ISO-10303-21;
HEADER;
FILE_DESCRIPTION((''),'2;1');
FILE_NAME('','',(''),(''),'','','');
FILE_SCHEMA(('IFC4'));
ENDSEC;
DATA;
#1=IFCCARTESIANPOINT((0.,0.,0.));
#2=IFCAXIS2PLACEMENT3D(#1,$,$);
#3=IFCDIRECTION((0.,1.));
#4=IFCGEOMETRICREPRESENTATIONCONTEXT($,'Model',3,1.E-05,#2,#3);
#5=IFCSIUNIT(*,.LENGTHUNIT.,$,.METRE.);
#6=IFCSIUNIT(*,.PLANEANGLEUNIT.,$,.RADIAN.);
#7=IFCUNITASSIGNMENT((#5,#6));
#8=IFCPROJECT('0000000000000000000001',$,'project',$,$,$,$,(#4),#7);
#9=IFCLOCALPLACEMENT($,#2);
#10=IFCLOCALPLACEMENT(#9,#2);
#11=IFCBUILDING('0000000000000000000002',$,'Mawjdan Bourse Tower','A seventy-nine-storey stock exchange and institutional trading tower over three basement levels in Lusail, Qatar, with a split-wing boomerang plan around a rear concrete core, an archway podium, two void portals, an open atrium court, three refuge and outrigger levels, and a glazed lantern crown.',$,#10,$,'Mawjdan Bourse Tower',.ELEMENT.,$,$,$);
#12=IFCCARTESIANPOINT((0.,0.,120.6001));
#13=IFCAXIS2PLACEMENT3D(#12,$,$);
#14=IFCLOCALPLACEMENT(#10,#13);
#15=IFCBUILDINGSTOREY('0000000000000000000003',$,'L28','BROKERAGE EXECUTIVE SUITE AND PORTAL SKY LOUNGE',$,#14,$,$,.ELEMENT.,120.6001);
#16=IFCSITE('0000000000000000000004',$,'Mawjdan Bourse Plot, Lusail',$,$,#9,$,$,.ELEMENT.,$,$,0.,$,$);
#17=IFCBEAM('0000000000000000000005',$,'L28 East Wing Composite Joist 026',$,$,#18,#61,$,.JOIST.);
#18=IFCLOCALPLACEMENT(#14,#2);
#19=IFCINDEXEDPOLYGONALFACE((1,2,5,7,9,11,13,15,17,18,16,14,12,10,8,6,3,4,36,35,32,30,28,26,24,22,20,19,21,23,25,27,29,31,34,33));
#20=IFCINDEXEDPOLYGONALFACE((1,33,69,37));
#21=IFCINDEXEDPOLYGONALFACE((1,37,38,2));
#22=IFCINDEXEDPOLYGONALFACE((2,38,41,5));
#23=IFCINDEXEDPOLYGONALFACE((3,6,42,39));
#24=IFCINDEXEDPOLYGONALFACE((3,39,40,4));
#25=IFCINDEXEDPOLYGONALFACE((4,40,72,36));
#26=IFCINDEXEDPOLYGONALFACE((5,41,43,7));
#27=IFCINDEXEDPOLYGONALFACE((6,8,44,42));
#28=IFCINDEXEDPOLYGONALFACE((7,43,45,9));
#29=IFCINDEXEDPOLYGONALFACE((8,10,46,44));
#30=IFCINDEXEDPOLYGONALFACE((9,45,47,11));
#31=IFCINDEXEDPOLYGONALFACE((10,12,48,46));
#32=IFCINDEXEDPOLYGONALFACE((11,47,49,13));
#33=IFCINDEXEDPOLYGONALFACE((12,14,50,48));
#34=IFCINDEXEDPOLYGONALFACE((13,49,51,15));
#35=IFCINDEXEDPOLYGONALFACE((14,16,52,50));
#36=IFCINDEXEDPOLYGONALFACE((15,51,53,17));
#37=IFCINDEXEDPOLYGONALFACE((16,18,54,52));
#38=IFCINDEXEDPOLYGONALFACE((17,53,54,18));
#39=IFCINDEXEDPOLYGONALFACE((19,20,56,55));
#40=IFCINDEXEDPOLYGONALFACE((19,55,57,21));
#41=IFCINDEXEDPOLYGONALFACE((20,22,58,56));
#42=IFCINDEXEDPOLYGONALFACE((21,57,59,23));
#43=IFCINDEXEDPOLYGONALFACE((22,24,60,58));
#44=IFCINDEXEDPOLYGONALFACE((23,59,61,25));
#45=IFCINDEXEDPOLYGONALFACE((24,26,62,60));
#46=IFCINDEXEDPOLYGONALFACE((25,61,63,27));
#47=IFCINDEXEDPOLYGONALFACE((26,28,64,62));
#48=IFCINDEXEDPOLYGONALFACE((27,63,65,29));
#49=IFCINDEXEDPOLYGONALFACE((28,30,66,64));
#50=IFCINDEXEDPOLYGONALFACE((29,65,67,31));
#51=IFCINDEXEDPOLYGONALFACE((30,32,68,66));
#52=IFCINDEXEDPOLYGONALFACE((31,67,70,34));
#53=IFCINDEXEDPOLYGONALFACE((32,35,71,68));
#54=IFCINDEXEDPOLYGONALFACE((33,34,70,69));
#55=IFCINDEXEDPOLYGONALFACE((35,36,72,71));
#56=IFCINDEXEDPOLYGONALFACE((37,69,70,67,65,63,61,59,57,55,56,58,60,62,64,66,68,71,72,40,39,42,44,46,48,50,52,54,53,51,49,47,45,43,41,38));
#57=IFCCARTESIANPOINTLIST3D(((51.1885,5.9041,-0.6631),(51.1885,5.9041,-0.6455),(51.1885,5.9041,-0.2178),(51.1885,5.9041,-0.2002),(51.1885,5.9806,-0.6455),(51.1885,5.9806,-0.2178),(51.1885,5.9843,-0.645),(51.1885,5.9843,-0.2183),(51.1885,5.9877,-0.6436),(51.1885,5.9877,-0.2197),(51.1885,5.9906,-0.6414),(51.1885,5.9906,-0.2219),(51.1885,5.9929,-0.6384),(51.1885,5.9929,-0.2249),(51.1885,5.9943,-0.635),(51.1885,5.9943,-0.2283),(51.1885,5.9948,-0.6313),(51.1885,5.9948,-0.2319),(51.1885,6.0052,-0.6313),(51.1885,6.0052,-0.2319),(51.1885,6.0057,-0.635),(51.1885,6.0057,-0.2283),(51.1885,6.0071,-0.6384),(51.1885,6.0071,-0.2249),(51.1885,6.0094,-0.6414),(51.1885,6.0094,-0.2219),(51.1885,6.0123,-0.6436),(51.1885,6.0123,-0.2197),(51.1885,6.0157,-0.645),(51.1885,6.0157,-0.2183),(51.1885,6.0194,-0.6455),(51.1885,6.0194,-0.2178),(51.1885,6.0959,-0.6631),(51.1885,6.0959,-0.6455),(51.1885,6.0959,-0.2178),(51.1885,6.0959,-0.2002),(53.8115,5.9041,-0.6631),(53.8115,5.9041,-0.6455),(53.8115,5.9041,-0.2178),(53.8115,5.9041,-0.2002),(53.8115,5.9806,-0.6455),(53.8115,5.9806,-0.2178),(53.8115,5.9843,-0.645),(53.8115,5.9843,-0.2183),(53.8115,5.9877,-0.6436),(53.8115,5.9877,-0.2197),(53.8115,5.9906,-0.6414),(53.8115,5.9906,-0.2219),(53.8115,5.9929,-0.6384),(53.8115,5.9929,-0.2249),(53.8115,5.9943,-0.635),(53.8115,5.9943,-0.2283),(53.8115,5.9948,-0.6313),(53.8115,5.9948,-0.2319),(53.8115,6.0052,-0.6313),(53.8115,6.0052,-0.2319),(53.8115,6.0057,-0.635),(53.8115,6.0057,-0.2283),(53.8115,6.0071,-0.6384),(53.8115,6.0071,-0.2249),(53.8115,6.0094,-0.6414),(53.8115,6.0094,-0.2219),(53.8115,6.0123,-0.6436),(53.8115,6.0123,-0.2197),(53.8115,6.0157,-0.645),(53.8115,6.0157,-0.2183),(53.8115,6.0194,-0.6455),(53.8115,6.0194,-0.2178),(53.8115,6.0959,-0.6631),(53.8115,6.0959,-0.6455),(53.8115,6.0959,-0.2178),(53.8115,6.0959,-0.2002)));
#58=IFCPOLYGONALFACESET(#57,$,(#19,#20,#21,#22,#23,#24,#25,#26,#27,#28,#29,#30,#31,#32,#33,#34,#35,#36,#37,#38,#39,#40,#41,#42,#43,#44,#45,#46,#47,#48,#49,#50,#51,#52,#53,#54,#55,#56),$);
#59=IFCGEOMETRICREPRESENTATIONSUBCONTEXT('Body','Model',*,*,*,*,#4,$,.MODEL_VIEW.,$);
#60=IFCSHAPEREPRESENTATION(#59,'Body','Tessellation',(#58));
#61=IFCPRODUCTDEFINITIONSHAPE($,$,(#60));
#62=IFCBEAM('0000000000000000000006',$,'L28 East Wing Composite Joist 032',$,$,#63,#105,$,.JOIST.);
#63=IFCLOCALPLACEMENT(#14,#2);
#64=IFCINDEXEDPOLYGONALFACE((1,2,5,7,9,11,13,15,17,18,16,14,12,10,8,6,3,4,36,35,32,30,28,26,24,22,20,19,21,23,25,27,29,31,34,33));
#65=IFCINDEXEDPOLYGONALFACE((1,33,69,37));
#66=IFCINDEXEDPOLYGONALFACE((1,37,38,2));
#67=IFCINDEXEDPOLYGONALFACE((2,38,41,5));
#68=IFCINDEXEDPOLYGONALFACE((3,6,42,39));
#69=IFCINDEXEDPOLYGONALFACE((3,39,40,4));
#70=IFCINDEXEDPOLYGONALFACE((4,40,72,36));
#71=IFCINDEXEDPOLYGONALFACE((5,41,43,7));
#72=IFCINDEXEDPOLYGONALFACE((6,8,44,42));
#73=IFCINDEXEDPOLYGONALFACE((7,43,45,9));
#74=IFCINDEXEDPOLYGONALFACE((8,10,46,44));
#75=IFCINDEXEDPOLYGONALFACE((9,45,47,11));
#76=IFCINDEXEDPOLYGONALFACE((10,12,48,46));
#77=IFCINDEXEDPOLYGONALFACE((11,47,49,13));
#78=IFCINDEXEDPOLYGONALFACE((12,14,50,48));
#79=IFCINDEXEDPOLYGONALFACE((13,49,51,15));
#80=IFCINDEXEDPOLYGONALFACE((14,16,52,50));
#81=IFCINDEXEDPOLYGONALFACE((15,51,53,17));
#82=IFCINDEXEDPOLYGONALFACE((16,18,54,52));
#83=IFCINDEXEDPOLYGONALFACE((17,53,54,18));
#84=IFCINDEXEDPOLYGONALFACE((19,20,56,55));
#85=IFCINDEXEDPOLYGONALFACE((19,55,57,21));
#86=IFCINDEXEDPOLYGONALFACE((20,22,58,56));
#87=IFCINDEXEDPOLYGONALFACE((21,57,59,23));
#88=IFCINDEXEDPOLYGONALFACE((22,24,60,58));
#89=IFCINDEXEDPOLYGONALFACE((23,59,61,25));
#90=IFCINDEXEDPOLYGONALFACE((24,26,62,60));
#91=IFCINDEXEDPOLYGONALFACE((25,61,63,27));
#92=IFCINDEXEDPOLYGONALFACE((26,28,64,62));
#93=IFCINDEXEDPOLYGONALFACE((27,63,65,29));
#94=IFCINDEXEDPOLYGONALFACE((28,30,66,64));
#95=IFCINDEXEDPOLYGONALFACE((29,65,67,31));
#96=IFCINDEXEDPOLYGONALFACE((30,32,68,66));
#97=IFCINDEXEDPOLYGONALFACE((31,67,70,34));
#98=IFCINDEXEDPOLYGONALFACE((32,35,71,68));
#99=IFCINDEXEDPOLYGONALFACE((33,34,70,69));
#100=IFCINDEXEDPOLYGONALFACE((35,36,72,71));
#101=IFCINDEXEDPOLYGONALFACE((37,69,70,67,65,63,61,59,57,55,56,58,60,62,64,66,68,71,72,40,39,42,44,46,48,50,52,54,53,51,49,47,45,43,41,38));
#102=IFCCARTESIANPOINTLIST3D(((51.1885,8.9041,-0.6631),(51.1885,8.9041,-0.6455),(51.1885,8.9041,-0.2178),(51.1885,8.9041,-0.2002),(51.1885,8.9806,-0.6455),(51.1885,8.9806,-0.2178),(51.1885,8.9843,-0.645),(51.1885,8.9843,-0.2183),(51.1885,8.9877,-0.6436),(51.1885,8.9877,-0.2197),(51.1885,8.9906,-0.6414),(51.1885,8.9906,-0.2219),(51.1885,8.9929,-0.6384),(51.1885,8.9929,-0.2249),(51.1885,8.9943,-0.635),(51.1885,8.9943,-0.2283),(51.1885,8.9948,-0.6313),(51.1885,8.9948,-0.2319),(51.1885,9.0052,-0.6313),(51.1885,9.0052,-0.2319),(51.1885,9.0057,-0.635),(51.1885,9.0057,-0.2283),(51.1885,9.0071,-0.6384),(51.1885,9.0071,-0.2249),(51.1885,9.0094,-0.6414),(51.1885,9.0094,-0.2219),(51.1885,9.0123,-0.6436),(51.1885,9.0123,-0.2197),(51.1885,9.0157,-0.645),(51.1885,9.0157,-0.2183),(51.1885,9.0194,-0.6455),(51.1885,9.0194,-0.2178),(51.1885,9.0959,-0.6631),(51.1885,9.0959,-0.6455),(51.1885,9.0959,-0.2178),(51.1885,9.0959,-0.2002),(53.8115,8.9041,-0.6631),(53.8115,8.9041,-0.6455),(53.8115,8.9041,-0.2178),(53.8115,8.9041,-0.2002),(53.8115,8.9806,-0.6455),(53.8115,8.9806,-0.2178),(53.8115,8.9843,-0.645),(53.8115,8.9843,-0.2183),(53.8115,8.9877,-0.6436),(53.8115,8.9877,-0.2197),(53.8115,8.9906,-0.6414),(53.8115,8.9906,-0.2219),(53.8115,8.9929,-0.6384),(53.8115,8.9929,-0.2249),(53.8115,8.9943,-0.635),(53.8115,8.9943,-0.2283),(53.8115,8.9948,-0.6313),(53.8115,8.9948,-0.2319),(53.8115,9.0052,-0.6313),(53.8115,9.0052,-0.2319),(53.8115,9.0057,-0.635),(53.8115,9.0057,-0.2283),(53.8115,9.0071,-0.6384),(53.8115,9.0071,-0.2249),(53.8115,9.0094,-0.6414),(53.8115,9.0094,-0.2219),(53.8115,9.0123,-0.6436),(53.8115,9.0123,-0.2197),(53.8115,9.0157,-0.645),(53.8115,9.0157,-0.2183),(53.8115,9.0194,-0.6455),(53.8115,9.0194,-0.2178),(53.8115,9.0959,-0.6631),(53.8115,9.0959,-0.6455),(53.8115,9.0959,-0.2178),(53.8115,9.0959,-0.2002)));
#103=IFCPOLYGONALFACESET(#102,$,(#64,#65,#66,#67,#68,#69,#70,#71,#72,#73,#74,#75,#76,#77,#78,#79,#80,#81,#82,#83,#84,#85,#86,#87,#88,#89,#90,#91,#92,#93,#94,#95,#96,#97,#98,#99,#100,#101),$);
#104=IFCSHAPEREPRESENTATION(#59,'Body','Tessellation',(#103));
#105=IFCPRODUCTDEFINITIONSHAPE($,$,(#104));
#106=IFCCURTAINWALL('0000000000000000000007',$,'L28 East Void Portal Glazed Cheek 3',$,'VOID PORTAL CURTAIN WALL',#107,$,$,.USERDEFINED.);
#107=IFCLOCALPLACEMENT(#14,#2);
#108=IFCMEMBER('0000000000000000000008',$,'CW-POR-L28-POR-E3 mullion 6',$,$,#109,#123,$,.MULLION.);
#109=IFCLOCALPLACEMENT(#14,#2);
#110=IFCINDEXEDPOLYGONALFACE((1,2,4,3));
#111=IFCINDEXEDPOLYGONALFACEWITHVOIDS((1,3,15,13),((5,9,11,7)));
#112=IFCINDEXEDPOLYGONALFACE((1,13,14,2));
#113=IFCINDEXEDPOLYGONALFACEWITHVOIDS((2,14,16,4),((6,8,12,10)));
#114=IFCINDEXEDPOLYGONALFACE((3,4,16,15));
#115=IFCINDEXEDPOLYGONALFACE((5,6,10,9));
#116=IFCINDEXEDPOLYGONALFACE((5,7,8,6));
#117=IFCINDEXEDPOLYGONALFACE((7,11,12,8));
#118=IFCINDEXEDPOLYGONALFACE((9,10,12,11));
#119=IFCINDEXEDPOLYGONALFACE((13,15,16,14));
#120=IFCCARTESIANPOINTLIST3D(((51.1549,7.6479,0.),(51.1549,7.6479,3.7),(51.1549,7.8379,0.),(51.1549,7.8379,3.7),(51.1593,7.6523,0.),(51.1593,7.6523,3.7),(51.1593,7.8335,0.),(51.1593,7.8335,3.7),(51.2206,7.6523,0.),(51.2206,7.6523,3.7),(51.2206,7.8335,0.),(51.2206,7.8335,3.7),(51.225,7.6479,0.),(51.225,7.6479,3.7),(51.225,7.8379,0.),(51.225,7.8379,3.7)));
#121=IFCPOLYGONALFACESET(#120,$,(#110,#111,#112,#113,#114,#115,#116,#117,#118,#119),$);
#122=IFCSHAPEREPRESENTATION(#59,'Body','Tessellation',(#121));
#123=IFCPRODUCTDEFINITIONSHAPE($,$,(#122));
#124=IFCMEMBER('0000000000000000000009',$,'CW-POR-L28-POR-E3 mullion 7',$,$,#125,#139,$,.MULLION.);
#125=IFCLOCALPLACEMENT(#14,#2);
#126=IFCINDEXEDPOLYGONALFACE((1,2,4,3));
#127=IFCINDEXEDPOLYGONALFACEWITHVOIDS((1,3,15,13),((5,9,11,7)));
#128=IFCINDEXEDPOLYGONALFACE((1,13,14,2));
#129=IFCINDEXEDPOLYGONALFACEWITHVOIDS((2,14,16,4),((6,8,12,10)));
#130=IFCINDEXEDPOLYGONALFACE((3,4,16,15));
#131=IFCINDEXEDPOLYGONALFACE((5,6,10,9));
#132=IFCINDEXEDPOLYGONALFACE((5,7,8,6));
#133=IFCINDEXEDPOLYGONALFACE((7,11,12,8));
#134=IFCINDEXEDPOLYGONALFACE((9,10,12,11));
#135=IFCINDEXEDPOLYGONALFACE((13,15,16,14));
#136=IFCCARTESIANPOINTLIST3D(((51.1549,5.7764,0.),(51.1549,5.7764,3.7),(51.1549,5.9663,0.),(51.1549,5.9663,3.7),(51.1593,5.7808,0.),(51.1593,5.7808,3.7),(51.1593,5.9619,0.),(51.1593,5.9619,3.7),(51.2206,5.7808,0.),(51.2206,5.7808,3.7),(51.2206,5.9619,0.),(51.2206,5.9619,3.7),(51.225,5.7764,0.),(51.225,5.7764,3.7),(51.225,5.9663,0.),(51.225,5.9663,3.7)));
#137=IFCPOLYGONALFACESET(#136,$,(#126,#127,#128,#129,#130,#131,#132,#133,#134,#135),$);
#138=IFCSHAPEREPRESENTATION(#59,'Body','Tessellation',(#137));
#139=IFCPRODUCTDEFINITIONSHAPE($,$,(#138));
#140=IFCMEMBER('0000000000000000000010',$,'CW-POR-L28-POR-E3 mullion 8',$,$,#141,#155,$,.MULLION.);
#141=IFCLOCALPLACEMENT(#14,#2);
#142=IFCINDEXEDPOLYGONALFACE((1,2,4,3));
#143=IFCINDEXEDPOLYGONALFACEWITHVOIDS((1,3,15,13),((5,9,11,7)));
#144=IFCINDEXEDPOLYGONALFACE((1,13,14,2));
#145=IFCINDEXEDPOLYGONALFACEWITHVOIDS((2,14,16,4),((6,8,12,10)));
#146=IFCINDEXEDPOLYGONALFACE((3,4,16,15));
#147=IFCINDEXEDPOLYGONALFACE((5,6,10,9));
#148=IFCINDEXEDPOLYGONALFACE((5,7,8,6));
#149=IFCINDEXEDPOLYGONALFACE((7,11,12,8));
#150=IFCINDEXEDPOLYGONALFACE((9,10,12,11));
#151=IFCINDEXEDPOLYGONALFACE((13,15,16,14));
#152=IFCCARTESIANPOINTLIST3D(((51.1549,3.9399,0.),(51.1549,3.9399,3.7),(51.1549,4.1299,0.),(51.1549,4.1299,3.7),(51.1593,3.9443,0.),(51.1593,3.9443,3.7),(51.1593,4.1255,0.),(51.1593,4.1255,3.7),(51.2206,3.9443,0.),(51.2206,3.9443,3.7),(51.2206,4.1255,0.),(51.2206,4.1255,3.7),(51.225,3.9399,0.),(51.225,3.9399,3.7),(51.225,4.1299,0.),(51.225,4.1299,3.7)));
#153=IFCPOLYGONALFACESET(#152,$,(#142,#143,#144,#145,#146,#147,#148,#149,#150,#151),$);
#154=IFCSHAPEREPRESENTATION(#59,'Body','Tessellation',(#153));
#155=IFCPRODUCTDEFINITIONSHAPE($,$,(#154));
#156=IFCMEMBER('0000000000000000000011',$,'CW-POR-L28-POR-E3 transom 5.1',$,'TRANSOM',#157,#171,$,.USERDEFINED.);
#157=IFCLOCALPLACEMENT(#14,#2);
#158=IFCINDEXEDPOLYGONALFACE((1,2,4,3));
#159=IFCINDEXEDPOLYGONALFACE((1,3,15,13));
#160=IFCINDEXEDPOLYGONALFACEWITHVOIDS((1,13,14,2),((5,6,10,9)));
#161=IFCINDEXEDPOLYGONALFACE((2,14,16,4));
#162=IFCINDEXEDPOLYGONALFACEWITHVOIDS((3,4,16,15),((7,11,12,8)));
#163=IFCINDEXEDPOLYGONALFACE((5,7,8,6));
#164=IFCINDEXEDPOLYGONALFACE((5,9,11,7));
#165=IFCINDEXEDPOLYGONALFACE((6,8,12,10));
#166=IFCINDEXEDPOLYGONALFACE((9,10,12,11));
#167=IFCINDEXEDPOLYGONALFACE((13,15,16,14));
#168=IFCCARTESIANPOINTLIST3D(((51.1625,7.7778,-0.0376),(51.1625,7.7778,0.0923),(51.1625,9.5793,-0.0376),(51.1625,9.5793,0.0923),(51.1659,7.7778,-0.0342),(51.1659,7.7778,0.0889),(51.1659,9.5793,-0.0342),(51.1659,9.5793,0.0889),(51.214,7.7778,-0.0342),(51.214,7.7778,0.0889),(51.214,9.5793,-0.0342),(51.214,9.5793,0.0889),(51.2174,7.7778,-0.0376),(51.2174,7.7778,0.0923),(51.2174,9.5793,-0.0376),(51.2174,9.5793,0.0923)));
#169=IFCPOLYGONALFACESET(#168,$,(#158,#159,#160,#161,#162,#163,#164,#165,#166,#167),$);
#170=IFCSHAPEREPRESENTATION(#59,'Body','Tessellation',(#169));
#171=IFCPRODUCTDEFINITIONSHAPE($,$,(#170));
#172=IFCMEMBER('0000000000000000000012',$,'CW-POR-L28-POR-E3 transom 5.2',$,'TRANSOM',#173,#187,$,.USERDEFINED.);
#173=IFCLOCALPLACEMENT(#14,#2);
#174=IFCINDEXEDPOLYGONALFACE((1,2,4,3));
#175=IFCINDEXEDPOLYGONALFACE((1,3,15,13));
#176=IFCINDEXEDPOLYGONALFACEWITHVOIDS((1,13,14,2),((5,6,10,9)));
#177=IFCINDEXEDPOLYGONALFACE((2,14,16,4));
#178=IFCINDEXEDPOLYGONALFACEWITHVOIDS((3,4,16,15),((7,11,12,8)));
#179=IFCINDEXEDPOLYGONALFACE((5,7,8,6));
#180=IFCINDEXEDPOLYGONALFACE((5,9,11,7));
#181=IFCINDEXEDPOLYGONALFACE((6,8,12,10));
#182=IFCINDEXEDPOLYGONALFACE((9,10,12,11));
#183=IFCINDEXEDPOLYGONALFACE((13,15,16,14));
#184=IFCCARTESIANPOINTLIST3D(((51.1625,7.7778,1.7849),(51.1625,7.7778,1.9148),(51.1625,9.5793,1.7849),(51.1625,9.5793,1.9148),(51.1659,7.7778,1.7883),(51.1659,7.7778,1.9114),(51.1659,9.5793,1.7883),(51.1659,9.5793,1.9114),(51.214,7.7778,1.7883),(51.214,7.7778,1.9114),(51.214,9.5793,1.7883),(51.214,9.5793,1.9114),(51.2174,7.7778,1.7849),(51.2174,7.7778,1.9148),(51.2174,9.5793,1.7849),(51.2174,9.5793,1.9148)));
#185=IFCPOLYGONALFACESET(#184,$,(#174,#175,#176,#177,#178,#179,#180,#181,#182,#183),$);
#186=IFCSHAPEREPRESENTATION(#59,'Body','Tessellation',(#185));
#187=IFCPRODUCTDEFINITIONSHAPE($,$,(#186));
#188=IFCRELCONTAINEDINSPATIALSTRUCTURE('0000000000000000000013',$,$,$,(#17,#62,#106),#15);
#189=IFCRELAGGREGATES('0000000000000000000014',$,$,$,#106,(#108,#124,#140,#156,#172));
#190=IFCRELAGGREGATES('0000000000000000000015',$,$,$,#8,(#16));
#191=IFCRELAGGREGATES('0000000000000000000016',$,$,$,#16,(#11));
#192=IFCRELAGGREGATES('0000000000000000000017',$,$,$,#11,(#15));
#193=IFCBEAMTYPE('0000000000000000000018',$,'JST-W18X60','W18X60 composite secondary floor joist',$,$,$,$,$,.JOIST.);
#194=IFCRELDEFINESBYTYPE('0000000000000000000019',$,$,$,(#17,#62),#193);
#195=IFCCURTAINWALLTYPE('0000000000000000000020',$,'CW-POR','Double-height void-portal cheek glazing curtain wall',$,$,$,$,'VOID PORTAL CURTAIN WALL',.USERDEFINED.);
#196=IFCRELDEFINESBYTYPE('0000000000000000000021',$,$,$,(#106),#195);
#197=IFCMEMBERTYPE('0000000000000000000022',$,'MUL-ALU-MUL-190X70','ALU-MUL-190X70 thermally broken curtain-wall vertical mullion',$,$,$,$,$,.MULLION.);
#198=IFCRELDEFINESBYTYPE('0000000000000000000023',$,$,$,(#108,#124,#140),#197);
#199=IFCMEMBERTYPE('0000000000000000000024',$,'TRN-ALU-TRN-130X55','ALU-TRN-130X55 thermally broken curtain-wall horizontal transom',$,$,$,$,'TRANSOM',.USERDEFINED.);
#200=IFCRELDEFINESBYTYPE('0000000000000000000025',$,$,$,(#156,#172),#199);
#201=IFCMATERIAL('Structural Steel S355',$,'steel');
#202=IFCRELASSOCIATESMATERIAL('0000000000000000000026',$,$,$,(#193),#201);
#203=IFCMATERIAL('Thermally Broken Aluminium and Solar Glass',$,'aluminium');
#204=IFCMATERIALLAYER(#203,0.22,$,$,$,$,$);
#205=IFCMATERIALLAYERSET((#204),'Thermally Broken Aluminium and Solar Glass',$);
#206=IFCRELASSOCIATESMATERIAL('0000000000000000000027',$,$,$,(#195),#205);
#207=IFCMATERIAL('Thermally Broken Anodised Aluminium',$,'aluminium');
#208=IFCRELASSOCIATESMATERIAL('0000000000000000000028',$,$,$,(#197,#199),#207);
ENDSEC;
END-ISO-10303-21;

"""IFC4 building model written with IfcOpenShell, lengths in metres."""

from ifc_helpers import new_model, si_unit, direction, frame, origin, origin_2d, place, context, subcontext, project, spatial, hollow_rectangle, i_section, extrude, material, layer, layer_set, material_profile, profile_set, type_object, element, aggregate, save


model = new_model("IFC4")

# Units and contexts
model_context = context("Model", 3, precision=1e-05, world=origin(), true_north=direction((0.0, 1.0)))
body_context = subcontext(model_context, "Body", "Model", "MODEL_VIEW")
ifc_project = project(units=[si_unit("LENGTHUNIT", "METRE"), si_unit("PLANEANGLEUNIT", "RADIAN")], contexts=[model_context])

# Site, building, storey
site_placement = place(None, origin())
site = spatial("IfcSite", under=ifc_project, at=site_placement, Name="Mawjdan Bourse Plot, Lusail", CompositionType="ELEMENT", RefElevation=0.0)
building_placement = place(site_placement, origin())
building = spatial("IfcBuilding", under=site, at=building_placement, Name="Mawjdan Bourse Tower", Description="A seventy-nine-storey stock exchange and institutional trading tower over three basement levels in Lusail, Qatar, with a split-wing boomerang plan around a rear concrete core, an archway podium, two void portals, an open atrium court, three refuge and outrigger levels, and a glazed lantern crown.", LongName="Mawjdan Bourse Tower", CompositionType="ELEMENT")
storey_placement = place(building_placement, frame((0.0, 0.0, 120.6001)))
storey = spatial("IfcBuildingStorey", under=building, at=storey_placement, Name="L28", Description="BROKERAGE EXECUTIVE SUITE AND PORTAL SKY LOUNGE", CompositionType="ELEMENT", Elevation=120.6001)

# Beams
ifc_material_1 = material(Name="Structural Steel S355", Category="steel")
ifc_material_profile_1 = material_profile(ifc_material_1, i_section(OverallWidth=0.1919, OverallDepth=0.4629, WebThickness=0.0105, FlangeThickness=0.0176, FilletRadius=0.0142, at=origin_2d()), Name="W18X60")
ifc_profile_set_1 = profile_set([ifc_material_profile_1], Name="Structural Steel S355")
beam_type = type_object("IfcBeamType", Name="JST-W18X60", Description="W18X60 composite secondary floor joist", PredefinedType="JOIST", material=ifc_profile_set_1)
for number, where, z_axis, x_axis, name in (
    (1, (51.1885, 6.0, -0.4316), (1.0, 0.0, 0.0), (0.0, 1.0, 0.0), "L28 East Wing Composite Joist 026"),
    (2, (51.1885, 9.0, -0.4316), (1.0, 0.0, 0.0), (0.0, 1.0, 0.0), "L28 East Wing Composite Joist 032"),
):
    element("IfcBeam", number, at=place(storey_placement, frame(where, z_axis=z_axis, x_axis=x_axis)), inside=storey, type_object=beam_type, Name=name, PredefinedType="JOIST", context=body_context, shape_type="SweptSolid", body=[
        extrude(i_section(OverallWidth=0.1919, OverallDepth=0.4629, WebThickness=0.0105, FlangeThickness=0.0176, FilletRadius=0.0142, at=origin_2d()), origin(), (0.0, 0.0, 1.0), 2.623),
    ])

# Curtain wall, members
ifc_material_2 = material(Name="Thermally Broken Aluminium and Solar Glass", Category="aluminium")
ifc_layer_1 = layer(ifc_material_2, 0.22)
ifc_layer_set_1 = layer_set([ifc_layer_1], Name="Thermally Broken Aluminium and Solar Glass")
curtain_wall_type = type_object("IfcCurtainWallType", Name="CW-POR", Description="Double-height void-portal cheek glazing curtain wall", ElementType="VOID PORTAL CURTAIN WALL", PredefinedType="USERDEFINED", material=ifc_layer_set_1)
curtain_wall_placement = place(storey_placement, origin())
curtain_wall = element("IfcCurtainWall", 3, at=curtain_wall_placement, inside=storey, type_object=curtain_wall_type, Name="L28 East Void Portal Glazed Cheek 3", ObjectType="VOID PORTAL CURTAIN WALL", PredefinedType="USERDEFINED")
ifc_material_3 = material(Name="Thermally Broken Anodised Aluminium", Category="aluminium")
ifc_material_profile_2 = material_profile(ifc_material_3, hollow_rectangle(XDim=0.0701, YDim=0.1899, WallThickness=0.0044, at=origin_2d()), Name="ALU-MUL-190X70")
ifc_profile_set_2 = profile_set([ifc_material_profile_2], Name="Thermally Broken Anodised Aluminium")
member_type_1 = type_object("IfcMemberType", Name="MUL-ALU-MUL-190X70", Description="ALU-MUL-190X70 thermally broken curtain-wall vertical mullion", PredefinedType="MULLION", material=ifc_profile_set_2)
member_1_placement = place(storey_placement, frame((51.1899, 7.7429, 0.0), z_axis=(0.0, 0.0, 1.0), x_axis=(1.0, 0.0, 0.0)))
member_1 = element("IfcMember", 4, at=member_1_placement, type_object=member_type_1, Name="CW-POR-L28-POR-E3 mullion 6", PredefinedType="MULLION", context=body_context, shape_type="SweptSolid", body=[
    extrude(hollow_rectangle(XDim=0.0701, YDim=0.1899, WallThickness=0.0044, at=origin_2d()), origin(), (0.0, 0.0, 1.0), 3.7),
])
member_2_placement = place(storey_placement, frame((51.1899, 5.8713, 0.0), z_axis=(0.0, 0.0, 1.0), x_axis=(1.0, 0.0, 0.0)))
member_2 = element("IfcMember", 5, at=member_2_placement, type_object=member_type_1, Name="CW-POR-L28-POR-E3 mullion 7", PredefinedType="MULLION", context=body_context, shape_type="SweptSolid", body=[
    extrude(hollow_rectangle(XDim=0.0701, YDim=0.1899, WallThickness=0.0044, at=origin_2d()), origin(), (0.0, 0.0, 1.0), 3.7),
])
member_3_placement = place(storey_placement, frame((51.1899, 4.0349, 0.0), z_axis=(0.0, 0.0, 1.0), x_axis=(1.0, 0.0, 0.0)))
member_3 = element("IfcMember", 6, at=member_3_placement, type_object=member_type_1, Name="CW-POR-L28-POR-E3 mullion 8", PredefinedType="MULLION", context=body_context, shape_type="SweptSolid", body=[
    extrude(hollow_rectangle(XDim=0.0701, YDim=0.1899, WallThickness=0.0044, at=origin_2d()), origin(), (0.0, 0.0, 1.0), 3.7),
])
ifc_material_profile_3 = material_profile(ifc_material_3, hollow_rectangle(XDim=0.0549, YDim=0.1299, WallThickness=0.0034, at=origin_2d()), Name="ALU-TRN-130X55")
ifc_profile_set_3 = profile_set([ifc_material_profile_3], Name="Thermally Broken Anodised Aluminium")
member_type_2 = type_object("IfcMemberType", Name="TRN-ALU-TRN-130X55", Description="ALU-TRN-130X55 thermally broken curtain-wall horizontal transom", ElementType="TRANSOM", PredefinedType="USERDEFINED", material=ifc_profile_set_3)
member_4_placement = place(storey_placement, frame((51.1899, 9.5793, 0.0273), z_axis=(0.0, -1.0, 0.0), x_axis=(1.0, 0.0, 0.0)))
member_4 = element("IfcMember", 7, at=member_4_placement, type_object=member_type_2, Name="CW-POR-L28-POR-E3 transom 5.1", ObjectType="TRANSOM", PredefinedType="USERDEFINED", context=body_context, shape_type="SweptSolid", body=[
    extrude(hollow_rectangle(XDim=0.0549, YDim=0.1299, WallThickness=0.0034, at=origin_2d()), origin(), (0.0, 0.0, 1.0), 1.8015),
])
member_5_placement = place(storey_placement, frame((51.1899, 9.5793, 1.8499), z_axis=(0.0, -1.0, 0.0), x_axis=(1.0, 0.0, 0.0)))
member_5 = element("IfcMember", 8, at=member_5_placement, type_object=member_type_2, Name="CW-POR-L28-POR-E3 transom 5.2", ObjectType="TRANSOM", PredefinedType="USERDEFINED", context=body_context, shape_type="SweptSolid", body=[
    extrude(hollow_rectangle(XDim=0.0549, YDim=0.1299, WallThickness=0.0034, at=origin_2d()), origin(), (0.0, 0.0, 1.0), 1.8015),
])
aggregate(curtain_wall, [member_1, member_2, member_3, member_4, member_5])

save(model, "model.ifc")
